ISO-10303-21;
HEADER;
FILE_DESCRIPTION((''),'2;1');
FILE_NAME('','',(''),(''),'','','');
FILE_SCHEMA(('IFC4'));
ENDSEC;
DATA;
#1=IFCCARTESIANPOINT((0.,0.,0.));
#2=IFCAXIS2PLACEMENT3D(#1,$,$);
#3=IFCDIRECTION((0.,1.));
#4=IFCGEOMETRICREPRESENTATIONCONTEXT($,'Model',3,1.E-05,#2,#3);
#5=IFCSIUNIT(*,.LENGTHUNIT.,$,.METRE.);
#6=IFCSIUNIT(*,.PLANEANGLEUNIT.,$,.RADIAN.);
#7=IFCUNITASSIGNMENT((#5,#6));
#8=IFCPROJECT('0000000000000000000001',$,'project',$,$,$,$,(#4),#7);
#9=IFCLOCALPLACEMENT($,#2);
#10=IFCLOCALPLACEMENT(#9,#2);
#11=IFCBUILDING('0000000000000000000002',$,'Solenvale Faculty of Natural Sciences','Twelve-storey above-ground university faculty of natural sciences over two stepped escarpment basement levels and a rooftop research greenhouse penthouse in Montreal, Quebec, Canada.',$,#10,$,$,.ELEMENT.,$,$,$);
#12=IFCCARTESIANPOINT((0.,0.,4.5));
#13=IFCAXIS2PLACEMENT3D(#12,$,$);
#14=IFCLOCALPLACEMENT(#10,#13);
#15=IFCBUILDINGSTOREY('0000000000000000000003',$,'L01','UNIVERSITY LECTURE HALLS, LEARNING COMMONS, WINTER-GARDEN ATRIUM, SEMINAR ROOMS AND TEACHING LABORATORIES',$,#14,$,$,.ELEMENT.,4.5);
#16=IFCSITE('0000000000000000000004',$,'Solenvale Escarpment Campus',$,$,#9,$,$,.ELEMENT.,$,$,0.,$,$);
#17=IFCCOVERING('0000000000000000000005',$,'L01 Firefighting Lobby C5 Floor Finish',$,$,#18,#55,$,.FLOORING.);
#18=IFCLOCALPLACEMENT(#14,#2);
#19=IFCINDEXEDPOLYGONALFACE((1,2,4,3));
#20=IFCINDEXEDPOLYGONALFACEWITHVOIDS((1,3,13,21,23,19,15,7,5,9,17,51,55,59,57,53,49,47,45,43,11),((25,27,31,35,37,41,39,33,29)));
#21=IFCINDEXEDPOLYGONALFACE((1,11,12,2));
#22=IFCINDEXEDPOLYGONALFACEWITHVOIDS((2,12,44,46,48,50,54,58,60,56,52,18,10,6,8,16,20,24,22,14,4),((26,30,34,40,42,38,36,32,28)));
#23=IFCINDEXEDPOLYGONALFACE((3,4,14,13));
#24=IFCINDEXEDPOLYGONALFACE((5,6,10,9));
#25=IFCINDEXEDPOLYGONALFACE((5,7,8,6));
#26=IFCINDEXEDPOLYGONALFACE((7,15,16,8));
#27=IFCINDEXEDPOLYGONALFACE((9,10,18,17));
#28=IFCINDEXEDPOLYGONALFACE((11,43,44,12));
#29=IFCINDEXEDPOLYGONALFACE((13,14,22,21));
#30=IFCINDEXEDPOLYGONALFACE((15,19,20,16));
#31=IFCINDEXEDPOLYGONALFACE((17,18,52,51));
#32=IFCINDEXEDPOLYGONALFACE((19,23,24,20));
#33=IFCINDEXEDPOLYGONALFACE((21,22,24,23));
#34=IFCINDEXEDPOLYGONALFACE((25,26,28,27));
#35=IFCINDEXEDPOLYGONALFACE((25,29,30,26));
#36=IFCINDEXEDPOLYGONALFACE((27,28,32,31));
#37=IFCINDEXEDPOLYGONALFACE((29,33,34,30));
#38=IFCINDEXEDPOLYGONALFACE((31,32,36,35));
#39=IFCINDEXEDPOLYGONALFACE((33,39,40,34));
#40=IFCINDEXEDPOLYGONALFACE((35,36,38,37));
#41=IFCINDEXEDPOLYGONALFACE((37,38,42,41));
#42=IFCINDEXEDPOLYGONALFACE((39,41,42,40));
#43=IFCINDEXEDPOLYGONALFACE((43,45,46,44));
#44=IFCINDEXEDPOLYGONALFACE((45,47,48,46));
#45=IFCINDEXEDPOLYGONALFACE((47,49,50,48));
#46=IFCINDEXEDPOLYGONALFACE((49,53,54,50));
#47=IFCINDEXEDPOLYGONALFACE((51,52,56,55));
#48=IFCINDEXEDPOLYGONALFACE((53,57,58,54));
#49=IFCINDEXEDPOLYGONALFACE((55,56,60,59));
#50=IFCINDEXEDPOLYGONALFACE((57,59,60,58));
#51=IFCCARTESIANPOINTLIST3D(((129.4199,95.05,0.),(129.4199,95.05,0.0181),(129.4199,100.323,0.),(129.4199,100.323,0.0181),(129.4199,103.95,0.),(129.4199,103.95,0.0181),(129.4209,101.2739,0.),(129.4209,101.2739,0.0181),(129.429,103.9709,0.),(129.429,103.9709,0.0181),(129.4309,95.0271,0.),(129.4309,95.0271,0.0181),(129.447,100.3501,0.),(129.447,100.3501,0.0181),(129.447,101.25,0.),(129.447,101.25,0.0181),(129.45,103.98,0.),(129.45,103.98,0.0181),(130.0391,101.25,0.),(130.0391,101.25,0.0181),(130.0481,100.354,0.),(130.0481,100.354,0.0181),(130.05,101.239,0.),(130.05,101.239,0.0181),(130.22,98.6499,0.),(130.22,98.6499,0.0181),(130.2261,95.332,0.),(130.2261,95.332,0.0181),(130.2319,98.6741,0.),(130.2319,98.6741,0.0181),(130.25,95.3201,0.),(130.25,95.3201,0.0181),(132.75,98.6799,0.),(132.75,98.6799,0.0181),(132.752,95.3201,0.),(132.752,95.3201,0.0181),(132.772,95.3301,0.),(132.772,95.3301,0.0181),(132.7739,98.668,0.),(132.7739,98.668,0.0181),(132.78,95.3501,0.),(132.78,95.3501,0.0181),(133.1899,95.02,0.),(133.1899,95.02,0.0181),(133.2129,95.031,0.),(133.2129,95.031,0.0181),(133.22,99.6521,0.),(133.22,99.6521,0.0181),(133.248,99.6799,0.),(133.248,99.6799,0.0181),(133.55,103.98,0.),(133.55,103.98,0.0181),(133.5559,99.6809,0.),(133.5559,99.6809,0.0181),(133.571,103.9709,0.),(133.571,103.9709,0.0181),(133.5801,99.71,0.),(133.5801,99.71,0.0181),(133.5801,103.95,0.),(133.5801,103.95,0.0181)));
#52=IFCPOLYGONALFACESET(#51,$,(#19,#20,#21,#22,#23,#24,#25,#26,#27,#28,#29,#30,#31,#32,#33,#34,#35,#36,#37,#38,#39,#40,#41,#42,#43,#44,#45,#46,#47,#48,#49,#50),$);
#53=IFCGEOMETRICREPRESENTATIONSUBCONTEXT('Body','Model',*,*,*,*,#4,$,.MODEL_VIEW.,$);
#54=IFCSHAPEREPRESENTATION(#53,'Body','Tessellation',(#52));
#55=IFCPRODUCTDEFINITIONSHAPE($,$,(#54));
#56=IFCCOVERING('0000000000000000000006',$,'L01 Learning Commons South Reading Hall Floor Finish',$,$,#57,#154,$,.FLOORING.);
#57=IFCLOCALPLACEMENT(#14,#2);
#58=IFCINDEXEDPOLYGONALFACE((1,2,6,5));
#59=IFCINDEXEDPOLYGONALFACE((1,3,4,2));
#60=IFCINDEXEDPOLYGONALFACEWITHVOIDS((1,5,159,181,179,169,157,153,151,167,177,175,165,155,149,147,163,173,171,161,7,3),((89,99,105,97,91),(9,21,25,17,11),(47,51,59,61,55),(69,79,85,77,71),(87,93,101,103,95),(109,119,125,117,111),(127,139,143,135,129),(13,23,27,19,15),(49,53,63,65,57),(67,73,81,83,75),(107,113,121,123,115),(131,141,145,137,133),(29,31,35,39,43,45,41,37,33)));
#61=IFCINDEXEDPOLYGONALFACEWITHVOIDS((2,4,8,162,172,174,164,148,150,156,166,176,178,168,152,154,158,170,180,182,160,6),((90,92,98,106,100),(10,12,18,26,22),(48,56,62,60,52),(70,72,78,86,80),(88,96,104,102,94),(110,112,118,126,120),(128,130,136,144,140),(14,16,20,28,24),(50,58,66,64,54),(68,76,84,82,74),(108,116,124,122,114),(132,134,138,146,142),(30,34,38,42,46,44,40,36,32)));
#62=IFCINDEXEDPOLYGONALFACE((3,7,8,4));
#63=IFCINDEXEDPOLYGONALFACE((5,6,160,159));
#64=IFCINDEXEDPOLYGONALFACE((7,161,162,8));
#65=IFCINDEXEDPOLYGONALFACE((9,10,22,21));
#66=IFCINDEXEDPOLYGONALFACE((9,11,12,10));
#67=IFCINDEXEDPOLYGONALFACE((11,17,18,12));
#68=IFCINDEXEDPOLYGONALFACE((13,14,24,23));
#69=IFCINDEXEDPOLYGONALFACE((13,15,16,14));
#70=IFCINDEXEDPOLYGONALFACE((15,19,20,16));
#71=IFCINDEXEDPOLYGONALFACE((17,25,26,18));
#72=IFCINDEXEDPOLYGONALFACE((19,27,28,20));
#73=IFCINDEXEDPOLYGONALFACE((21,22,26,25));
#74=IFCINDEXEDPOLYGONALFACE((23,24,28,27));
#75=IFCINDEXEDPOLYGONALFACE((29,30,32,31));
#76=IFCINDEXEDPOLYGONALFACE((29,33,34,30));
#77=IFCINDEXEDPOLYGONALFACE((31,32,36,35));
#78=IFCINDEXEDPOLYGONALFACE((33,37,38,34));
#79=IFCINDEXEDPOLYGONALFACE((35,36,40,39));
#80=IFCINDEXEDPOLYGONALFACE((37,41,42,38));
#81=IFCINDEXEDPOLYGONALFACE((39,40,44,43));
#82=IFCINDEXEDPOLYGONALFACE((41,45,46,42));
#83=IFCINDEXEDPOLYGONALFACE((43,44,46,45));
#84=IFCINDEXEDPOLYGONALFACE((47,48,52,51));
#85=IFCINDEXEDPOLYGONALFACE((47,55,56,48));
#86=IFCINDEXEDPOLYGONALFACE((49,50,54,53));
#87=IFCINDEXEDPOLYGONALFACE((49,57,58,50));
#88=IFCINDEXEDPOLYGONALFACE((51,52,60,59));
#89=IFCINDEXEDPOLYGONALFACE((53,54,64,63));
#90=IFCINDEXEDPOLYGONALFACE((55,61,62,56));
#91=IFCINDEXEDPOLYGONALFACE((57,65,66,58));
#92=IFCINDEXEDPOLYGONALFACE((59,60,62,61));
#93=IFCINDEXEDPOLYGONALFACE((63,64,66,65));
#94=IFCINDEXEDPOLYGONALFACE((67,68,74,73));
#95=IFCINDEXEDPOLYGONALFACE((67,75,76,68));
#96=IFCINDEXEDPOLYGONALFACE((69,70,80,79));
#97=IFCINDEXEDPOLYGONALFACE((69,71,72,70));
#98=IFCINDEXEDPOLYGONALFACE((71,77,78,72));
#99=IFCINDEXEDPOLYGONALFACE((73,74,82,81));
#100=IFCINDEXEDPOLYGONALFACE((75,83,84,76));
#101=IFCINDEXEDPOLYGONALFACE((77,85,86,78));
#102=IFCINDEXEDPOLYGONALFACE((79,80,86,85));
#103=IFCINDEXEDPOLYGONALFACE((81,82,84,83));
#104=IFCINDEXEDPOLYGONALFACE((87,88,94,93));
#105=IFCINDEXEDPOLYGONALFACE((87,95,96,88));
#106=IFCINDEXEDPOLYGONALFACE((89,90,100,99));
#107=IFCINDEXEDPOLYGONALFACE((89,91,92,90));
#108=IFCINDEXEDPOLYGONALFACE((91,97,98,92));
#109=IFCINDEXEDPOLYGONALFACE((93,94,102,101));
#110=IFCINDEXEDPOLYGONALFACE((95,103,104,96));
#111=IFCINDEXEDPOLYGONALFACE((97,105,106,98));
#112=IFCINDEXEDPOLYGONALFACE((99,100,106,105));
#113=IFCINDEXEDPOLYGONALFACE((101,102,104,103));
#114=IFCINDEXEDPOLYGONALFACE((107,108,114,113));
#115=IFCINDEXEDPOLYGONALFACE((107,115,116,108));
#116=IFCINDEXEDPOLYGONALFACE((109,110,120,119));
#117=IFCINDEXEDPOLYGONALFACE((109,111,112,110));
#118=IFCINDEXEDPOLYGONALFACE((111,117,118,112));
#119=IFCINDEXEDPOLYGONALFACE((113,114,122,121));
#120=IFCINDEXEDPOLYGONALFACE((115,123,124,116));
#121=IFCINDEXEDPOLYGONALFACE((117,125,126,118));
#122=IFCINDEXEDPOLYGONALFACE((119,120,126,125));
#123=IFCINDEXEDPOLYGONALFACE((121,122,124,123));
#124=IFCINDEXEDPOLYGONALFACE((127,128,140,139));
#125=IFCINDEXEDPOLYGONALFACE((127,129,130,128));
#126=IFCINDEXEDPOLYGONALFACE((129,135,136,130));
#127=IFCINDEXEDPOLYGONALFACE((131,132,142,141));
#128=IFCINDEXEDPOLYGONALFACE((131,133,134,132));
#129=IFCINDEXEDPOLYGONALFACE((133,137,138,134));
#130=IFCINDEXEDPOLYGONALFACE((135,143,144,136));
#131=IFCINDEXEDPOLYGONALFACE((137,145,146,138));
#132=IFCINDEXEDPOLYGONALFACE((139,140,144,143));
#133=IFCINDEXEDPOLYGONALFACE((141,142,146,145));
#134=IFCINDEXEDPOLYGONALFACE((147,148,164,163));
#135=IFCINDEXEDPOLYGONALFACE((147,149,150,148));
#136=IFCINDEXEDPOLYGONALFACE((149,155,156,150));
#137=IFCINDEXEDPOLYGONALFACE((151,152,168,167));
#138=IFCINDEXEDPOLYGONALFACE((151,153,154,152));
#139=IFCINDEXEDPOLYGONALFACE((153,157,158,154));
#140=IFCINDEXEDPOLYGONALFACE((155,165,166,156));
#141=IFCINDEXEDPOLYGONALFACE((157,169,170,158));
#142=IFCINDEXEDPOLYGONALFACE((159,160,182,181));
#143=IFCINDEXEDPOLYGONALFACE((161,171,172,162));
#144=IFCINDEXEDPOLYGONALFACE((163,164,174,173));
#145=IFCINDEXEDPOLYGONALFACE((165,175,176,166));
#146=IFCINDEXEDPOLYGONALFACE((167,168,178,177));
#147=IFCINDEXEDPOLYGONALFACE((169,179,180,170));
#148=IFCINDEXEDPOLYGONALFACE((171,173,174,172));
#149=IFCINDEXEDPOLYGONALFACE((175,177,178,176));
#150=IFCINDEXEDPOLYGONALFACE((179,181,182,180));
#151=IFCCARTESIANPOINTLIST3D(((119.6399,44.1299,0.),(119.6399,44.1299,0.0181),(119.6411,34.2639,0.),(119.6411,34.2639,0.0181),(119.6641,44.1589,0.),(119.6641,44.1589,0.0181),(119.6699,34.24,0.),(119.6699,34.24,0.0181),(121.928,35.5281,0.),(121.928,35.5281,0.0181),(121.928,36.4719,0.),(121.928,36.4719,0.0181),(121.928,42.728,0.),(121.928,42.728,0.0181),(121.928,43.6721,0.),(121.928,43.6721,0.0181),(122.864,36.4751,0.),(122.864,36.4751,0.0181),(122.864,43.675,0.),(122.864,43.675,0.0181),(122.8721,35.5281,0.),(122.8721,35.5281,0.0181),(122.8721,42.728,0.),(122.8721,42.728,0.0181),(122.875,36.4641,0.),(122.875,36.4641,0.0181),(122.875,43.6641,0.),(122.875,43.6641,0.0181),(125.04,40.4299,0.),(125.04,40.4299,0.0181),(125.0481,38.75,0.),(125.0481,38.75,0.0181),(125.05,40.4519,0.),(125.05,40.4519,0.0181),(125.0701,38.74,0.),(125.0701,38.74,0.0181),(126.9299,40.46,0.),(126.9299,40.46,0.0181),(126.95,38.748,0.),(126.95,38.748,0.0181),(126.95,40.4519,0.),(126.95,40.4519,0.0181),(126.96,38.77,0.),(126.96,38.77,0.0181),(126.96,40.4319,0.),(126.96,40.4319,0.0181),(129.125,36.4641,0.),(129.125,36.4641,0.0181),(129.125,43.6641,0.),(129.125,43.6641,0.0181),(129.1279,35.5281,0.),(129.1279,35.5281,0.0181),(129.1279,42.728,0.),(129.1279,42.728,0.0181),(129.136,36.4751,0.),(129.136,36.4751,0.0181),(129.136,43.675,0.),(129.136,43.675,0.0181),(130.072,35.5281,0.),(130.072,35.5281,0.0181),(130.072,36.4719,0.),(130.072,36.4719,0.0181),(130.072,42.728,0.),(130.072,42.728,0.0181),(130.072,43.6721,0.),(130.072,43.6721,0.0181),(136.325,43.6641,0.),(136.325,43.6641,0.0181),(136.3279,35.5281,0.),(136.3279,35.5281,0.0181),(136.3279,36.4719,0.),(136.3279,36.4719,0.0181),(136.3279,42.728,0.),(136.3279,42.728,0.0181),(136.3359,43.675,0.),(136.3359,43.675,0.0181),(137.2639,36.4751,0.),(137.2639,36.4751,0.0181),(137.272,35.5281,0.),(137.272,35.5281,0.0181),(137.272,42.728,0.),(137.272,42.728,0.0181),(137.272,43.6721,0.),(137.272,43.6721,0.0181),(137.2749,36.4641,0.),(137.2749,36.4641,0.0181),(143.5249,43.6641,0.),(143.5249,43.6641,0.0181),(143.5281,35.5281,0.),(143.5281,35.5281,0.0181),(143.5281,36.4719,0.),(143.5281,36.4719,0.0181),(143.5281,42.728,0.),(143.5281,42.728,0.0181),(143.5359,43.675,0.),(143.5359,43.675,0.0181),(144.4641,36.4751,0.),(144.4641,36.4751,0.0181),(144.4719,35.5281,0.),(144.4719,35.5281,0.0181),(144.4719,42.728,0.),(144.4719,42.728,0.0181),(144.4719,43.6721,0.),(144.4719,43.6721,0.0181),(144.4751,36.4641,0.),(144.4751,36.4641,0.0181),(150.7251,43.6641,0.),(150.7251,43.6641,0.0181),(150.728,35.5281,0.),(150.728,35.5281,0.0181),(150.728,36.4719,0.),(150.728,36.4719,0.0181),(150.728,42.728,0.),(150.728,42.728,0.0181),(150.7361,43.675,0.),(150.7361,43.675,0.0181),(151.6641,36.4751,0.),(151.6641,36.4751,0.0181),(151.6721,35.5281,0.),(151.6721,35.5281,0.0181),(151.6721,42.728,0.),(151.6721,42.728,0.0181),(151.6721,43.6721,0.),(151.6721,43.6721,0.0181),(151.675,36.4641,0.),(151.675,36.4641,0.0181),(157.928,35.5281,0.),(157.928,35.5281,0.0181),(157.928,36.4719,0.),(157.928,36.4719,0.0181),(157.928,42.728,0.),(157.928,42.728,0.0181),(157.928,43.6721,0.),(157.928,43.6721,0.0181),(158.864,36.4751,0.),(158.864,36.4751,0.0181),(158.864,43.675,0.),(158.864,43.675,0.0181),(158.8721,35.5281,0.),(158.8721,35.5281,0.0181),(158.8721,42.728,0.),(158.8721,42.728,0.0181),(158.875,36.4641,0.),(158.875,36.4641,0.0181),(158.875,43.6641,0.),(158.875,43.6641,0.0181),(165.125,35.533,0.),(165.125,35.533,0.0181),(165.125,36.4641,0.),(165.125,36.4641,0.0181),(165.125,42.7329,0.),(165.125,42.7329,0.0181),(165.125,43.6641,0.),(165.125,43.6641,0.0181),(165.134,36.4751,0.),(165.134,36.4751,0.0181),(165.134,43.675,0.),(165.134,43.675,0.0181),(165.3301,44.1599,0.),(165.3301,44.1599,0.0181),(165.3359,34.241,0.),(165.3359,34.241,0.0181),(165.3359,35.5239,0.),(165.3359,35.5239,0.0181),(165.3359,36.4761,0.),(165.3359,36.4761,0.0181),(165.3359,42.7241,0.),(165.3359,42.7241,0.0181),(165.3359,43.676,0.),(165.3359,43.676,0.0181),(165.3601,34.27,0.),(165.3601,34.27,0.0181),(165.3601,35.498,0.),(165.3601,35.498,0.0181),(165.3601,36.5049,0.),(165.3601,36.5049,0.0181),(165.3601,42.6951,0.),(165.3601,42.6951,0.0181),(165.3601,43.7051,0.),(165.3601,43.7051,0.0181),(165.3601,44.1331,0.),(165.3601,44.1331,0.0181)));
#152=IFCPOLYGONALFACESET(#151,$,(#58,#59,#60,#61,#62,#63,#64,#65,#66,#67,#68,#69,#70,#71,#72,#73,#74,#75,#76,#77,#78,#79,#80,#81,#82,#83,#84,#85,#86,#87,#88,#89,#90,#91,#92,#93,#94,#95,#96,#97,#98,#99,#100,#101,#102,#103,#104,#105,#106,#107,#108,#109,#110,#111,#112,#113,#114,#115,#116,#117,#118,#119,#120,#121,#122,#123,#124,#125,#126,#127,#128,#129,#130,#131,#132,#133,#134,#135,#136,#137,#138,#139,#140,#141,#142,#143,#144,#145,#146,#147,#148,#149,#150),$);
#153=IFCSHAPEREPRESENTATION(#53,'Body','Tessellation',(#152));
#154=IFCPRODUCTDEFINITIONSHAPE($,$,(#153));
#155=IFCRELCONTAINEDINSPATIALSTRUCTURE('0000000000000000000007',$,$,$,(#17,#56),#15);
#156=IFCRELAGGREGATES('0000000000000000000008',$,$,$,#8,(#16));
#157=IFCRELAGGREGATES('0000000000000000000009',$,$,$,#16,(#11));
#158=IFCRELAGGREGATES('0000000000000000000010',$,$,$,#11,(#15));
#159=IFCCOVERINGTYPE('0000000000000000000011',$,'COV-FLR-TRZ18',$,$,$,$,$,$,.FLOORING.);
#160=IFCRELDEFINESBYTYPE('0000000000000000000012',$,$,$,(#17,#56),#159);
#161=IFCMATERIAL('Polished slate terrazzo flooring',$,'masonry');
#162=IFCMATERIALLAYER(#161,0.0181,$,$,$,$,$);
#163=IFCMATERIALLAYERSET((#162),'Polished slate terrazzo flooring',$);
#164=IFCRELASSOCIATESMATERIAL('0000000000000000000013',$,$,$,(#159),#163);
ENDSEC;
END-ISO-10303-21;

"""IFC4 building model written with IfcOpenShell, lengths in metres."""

from ifc_helpers import new_model, si_unit, direction, frame, origin, place, context, subcontext, project, spatial, polyline, outline, extrude, material, layer, layer_set, type_object, element, save


model = new_model("IFC4")

# Units and contexts
model_context = context("Model", 3, precision=1e-05, world=origin(), true_north=direction((0.0, 1.0)))
body_context = subcontext(model_context, "Body", "Model", "MODEL_VIEW")
ifc_project = project(units=[si_unit("LENGTHUNIT", "METRE"), si_unit("PLANEANGLEUNIT", "RADIAN")], contexts=[model_context])

# Site, building, storey
site_placement = place(None, origin())
site = spatial("IfcSite", under=ifc_project, at=site_placement, Name="Solenvale Escarpment Campus", CompositionType="ELEMENT", RefElevation=0.0)
building_placement = place(site_placement, origin())
building = spatial("IfcBuilding", under=site, at=building_placement, Name="Solenvale Faculty of Natural Sciences", Description="Twelve-storey above-ground university faculty of natural sciences over two stepped escarpment basement levels and a rooftop research greenhouse penthouse in Montreal, Quebec, Canada.", CompositionType="ELEMENT")
storey_placement = place(building_placement, frame((0.0, 0.0, 4.5)))
storey = spatial("IfcBuildingStorey", under=building, at=storey_placement, Name="L01", Description="UNIVERSITY LECTURE HALLS, LEARNING COMMONS, WINTER-GARDEN ATRIUM, SEMINAR ROOMS AND TEACHING LABORATORIES", CompositionType="ELEMENT", Elevation=4.5)

# Coverings
ifc_material_1 = material(Name="Polished slate terrazzo flooring", Category="masonry")
ifc_layer_1 = layer(ifc_material_1, 0.0181)
ifc_layer_set_1 = layer_set([ifc_layer_1], Name="Polished slate terrazzo flooring")
covering_type_1 = type_object("IfcCoveringType", Name="COV-FLR-TRZ18", PredefinedType="FLOORING", material=ifc_layer_set_1)
covering_1_placement = place(storey_placement, origin())
element("IfcCovering", 1, at=covering_1_placement, inside=storey, type_object=covering_type_1, Name="L01 Firefighting Lobby C5 Floor Finish", PredefinedType="FLOORING", context=body_context, shape_type="SweptSolid", body=[
    extrude(outline(polyline([(133.5801, 99.71), (133.5559, 99.6809), (133.248, 99.6799), (133.22, 99.6521), (133.2129, 95.031), (133.1899, 95.02), (129.4309, 95.0271), (129.4199, 95.05), (129.4199, 100.323), (129.447, 100.3501), (130.0481, 100.354), (130.05, 101.239), (130.0391, 101.25), (129.447, 101.25), (129.4209, 101.2739), (129.4199, 103.95), (129.429, 103.9709), (129.45, 103.98), (133.55, 103.98), (133.571, 103.9709), (133.5801, 103.95), (133.5801, 99.71)]), holes=[polyline([(132.752, 95.3201), (132.772, 95.3301), (132.78, 95.3501), (132.7739, 98.668), (132.75, 98.6799), (130.2319, 98.6741), (130.22, 98.6499), (130.2261, 95.332), (130.25, 95.3201), (132.752, 95.3201)])]), origin(), (0.0, 0.0, 1.0), 0.0181),
])
covering_2_placement = place(storey_placement, origin())
element("IfcCovering", 2, at=covering_2_placement, inside=storey, type_object=covering_type_1, Name="L01 Learning Commons South Reading Hall Floor Finish", PredefinedType="FLOORING", context=body_context, shape_type="SweptSolid", body=[
    extrude(outline(polyline([(165.3601, 43.7051), (165.3359, 43.676), (165.134, 43.675), (165.125, 43.6641), (165.125, 42.7329), (165.3359, 42.7241), (165.3601, 42.6951), (165.3601, 36.5049), (165.3359, 36.4761), (165.134, 36.4751), (165.125, 36.4641), (165.125, 35.533), (165.3359, 35.5239), (165.3601, 35.498), (165.3601, 34.27), (165.3359, 34.241), (119.6699, 34.24), (119.6411, 34.2639), (119.6399, 44.1299), (119.6641, 44.1589), (165.3301, 44.1599), (165.3601, 44.1331), (165.3601, 43.7051)]), holes=[polyline([(158.875, 36.4641), (158.864, 36.4751), (157.928, 36.4719), (157.928, 35.5281), (158.8721, 35.5281), (158.875, 36.4641)]), polyline([(158.875, 43.6641), (158.864, 43.675), (157.928, 43.6721), (157.928, 42.728), (158.8721, 42.728), (158.875, 43.6641)]), polyline([(150.7361, 43.675), (150.7251, 43.6641), (150.728, 42.728), (151.6721, 42.728), (151.6721, 43.6721), (150.7361, 43.675)]), polyline([(151.675, 36.4641), (151.6641, 36.4751), (150.728, 36.4719), (150.728, 35.5281), (151.6721, 35.5281), (151.675, 36.4641)]), polyline([(143.5359, 43.675), (143.5249, 43.6641), (143.5281, 42.728), (144.4719, 42.728), (144.4719, 43.6721), (143.5359, 43.675)]), polyline([(144.4751, 36.4641), (144.4641, 36.4751), (143.5281, 36.4719), (143.5281, 35.5281), (144.4719, 35.5281), (144.4751, 36.4641)]), polyline([(136.3359, 43.675), (136.325, 43.6641), (136.3279, 42.728), (137.272, 42.728), (137.272, 43.6721), (136.3359, 43.675)]), polyline([(137.2749, 36.4641), (137.2639, 36.4751), (136.3279, 36.4719), (136.3279, 35.5281), (137.272, 35.5281), (137.2749, 36.4641)]), polyline([(129.136, 36.4751), (129.125, 36.4641), (129.1279, 35.5281), (130.072, 35.5281), (130.072, 36.4719), (129.136, 36.4751)]), polyline([(129.136, 43.675), (129.125, 43.6641), (129.1279, 42.728), (130.072, 42.728), (130.072, 43.6721), (129.136, 43.675)]), polyline([(126.96, 40.4319), (126.95, 40.4519), (126.9299, 40.46), (125.05, 40.4519), (125.04, 40.4299), (125.0481, 38.75), (125.0701, 38.74), (126.95, 38.748), (126.96, 38.77), (126.96, 40.4319)]), polyline([(122.875, 36.4641), (122.864, 36.4751), (121.928, 36.4719), (121.928, 35.5281), (122.8721, 35.5281), (122.875, 36.4641)]), polyline([(122.875, 43.6641), (122.864, 43.675), (121.928, 43.6721), (121.928, 42.728), (122.8721, 42.728), (122.875, 43.6641)])]), origin(), (0.0, 0.0, 1.0), 0.0181),
])

save(model, "model.ifc")
